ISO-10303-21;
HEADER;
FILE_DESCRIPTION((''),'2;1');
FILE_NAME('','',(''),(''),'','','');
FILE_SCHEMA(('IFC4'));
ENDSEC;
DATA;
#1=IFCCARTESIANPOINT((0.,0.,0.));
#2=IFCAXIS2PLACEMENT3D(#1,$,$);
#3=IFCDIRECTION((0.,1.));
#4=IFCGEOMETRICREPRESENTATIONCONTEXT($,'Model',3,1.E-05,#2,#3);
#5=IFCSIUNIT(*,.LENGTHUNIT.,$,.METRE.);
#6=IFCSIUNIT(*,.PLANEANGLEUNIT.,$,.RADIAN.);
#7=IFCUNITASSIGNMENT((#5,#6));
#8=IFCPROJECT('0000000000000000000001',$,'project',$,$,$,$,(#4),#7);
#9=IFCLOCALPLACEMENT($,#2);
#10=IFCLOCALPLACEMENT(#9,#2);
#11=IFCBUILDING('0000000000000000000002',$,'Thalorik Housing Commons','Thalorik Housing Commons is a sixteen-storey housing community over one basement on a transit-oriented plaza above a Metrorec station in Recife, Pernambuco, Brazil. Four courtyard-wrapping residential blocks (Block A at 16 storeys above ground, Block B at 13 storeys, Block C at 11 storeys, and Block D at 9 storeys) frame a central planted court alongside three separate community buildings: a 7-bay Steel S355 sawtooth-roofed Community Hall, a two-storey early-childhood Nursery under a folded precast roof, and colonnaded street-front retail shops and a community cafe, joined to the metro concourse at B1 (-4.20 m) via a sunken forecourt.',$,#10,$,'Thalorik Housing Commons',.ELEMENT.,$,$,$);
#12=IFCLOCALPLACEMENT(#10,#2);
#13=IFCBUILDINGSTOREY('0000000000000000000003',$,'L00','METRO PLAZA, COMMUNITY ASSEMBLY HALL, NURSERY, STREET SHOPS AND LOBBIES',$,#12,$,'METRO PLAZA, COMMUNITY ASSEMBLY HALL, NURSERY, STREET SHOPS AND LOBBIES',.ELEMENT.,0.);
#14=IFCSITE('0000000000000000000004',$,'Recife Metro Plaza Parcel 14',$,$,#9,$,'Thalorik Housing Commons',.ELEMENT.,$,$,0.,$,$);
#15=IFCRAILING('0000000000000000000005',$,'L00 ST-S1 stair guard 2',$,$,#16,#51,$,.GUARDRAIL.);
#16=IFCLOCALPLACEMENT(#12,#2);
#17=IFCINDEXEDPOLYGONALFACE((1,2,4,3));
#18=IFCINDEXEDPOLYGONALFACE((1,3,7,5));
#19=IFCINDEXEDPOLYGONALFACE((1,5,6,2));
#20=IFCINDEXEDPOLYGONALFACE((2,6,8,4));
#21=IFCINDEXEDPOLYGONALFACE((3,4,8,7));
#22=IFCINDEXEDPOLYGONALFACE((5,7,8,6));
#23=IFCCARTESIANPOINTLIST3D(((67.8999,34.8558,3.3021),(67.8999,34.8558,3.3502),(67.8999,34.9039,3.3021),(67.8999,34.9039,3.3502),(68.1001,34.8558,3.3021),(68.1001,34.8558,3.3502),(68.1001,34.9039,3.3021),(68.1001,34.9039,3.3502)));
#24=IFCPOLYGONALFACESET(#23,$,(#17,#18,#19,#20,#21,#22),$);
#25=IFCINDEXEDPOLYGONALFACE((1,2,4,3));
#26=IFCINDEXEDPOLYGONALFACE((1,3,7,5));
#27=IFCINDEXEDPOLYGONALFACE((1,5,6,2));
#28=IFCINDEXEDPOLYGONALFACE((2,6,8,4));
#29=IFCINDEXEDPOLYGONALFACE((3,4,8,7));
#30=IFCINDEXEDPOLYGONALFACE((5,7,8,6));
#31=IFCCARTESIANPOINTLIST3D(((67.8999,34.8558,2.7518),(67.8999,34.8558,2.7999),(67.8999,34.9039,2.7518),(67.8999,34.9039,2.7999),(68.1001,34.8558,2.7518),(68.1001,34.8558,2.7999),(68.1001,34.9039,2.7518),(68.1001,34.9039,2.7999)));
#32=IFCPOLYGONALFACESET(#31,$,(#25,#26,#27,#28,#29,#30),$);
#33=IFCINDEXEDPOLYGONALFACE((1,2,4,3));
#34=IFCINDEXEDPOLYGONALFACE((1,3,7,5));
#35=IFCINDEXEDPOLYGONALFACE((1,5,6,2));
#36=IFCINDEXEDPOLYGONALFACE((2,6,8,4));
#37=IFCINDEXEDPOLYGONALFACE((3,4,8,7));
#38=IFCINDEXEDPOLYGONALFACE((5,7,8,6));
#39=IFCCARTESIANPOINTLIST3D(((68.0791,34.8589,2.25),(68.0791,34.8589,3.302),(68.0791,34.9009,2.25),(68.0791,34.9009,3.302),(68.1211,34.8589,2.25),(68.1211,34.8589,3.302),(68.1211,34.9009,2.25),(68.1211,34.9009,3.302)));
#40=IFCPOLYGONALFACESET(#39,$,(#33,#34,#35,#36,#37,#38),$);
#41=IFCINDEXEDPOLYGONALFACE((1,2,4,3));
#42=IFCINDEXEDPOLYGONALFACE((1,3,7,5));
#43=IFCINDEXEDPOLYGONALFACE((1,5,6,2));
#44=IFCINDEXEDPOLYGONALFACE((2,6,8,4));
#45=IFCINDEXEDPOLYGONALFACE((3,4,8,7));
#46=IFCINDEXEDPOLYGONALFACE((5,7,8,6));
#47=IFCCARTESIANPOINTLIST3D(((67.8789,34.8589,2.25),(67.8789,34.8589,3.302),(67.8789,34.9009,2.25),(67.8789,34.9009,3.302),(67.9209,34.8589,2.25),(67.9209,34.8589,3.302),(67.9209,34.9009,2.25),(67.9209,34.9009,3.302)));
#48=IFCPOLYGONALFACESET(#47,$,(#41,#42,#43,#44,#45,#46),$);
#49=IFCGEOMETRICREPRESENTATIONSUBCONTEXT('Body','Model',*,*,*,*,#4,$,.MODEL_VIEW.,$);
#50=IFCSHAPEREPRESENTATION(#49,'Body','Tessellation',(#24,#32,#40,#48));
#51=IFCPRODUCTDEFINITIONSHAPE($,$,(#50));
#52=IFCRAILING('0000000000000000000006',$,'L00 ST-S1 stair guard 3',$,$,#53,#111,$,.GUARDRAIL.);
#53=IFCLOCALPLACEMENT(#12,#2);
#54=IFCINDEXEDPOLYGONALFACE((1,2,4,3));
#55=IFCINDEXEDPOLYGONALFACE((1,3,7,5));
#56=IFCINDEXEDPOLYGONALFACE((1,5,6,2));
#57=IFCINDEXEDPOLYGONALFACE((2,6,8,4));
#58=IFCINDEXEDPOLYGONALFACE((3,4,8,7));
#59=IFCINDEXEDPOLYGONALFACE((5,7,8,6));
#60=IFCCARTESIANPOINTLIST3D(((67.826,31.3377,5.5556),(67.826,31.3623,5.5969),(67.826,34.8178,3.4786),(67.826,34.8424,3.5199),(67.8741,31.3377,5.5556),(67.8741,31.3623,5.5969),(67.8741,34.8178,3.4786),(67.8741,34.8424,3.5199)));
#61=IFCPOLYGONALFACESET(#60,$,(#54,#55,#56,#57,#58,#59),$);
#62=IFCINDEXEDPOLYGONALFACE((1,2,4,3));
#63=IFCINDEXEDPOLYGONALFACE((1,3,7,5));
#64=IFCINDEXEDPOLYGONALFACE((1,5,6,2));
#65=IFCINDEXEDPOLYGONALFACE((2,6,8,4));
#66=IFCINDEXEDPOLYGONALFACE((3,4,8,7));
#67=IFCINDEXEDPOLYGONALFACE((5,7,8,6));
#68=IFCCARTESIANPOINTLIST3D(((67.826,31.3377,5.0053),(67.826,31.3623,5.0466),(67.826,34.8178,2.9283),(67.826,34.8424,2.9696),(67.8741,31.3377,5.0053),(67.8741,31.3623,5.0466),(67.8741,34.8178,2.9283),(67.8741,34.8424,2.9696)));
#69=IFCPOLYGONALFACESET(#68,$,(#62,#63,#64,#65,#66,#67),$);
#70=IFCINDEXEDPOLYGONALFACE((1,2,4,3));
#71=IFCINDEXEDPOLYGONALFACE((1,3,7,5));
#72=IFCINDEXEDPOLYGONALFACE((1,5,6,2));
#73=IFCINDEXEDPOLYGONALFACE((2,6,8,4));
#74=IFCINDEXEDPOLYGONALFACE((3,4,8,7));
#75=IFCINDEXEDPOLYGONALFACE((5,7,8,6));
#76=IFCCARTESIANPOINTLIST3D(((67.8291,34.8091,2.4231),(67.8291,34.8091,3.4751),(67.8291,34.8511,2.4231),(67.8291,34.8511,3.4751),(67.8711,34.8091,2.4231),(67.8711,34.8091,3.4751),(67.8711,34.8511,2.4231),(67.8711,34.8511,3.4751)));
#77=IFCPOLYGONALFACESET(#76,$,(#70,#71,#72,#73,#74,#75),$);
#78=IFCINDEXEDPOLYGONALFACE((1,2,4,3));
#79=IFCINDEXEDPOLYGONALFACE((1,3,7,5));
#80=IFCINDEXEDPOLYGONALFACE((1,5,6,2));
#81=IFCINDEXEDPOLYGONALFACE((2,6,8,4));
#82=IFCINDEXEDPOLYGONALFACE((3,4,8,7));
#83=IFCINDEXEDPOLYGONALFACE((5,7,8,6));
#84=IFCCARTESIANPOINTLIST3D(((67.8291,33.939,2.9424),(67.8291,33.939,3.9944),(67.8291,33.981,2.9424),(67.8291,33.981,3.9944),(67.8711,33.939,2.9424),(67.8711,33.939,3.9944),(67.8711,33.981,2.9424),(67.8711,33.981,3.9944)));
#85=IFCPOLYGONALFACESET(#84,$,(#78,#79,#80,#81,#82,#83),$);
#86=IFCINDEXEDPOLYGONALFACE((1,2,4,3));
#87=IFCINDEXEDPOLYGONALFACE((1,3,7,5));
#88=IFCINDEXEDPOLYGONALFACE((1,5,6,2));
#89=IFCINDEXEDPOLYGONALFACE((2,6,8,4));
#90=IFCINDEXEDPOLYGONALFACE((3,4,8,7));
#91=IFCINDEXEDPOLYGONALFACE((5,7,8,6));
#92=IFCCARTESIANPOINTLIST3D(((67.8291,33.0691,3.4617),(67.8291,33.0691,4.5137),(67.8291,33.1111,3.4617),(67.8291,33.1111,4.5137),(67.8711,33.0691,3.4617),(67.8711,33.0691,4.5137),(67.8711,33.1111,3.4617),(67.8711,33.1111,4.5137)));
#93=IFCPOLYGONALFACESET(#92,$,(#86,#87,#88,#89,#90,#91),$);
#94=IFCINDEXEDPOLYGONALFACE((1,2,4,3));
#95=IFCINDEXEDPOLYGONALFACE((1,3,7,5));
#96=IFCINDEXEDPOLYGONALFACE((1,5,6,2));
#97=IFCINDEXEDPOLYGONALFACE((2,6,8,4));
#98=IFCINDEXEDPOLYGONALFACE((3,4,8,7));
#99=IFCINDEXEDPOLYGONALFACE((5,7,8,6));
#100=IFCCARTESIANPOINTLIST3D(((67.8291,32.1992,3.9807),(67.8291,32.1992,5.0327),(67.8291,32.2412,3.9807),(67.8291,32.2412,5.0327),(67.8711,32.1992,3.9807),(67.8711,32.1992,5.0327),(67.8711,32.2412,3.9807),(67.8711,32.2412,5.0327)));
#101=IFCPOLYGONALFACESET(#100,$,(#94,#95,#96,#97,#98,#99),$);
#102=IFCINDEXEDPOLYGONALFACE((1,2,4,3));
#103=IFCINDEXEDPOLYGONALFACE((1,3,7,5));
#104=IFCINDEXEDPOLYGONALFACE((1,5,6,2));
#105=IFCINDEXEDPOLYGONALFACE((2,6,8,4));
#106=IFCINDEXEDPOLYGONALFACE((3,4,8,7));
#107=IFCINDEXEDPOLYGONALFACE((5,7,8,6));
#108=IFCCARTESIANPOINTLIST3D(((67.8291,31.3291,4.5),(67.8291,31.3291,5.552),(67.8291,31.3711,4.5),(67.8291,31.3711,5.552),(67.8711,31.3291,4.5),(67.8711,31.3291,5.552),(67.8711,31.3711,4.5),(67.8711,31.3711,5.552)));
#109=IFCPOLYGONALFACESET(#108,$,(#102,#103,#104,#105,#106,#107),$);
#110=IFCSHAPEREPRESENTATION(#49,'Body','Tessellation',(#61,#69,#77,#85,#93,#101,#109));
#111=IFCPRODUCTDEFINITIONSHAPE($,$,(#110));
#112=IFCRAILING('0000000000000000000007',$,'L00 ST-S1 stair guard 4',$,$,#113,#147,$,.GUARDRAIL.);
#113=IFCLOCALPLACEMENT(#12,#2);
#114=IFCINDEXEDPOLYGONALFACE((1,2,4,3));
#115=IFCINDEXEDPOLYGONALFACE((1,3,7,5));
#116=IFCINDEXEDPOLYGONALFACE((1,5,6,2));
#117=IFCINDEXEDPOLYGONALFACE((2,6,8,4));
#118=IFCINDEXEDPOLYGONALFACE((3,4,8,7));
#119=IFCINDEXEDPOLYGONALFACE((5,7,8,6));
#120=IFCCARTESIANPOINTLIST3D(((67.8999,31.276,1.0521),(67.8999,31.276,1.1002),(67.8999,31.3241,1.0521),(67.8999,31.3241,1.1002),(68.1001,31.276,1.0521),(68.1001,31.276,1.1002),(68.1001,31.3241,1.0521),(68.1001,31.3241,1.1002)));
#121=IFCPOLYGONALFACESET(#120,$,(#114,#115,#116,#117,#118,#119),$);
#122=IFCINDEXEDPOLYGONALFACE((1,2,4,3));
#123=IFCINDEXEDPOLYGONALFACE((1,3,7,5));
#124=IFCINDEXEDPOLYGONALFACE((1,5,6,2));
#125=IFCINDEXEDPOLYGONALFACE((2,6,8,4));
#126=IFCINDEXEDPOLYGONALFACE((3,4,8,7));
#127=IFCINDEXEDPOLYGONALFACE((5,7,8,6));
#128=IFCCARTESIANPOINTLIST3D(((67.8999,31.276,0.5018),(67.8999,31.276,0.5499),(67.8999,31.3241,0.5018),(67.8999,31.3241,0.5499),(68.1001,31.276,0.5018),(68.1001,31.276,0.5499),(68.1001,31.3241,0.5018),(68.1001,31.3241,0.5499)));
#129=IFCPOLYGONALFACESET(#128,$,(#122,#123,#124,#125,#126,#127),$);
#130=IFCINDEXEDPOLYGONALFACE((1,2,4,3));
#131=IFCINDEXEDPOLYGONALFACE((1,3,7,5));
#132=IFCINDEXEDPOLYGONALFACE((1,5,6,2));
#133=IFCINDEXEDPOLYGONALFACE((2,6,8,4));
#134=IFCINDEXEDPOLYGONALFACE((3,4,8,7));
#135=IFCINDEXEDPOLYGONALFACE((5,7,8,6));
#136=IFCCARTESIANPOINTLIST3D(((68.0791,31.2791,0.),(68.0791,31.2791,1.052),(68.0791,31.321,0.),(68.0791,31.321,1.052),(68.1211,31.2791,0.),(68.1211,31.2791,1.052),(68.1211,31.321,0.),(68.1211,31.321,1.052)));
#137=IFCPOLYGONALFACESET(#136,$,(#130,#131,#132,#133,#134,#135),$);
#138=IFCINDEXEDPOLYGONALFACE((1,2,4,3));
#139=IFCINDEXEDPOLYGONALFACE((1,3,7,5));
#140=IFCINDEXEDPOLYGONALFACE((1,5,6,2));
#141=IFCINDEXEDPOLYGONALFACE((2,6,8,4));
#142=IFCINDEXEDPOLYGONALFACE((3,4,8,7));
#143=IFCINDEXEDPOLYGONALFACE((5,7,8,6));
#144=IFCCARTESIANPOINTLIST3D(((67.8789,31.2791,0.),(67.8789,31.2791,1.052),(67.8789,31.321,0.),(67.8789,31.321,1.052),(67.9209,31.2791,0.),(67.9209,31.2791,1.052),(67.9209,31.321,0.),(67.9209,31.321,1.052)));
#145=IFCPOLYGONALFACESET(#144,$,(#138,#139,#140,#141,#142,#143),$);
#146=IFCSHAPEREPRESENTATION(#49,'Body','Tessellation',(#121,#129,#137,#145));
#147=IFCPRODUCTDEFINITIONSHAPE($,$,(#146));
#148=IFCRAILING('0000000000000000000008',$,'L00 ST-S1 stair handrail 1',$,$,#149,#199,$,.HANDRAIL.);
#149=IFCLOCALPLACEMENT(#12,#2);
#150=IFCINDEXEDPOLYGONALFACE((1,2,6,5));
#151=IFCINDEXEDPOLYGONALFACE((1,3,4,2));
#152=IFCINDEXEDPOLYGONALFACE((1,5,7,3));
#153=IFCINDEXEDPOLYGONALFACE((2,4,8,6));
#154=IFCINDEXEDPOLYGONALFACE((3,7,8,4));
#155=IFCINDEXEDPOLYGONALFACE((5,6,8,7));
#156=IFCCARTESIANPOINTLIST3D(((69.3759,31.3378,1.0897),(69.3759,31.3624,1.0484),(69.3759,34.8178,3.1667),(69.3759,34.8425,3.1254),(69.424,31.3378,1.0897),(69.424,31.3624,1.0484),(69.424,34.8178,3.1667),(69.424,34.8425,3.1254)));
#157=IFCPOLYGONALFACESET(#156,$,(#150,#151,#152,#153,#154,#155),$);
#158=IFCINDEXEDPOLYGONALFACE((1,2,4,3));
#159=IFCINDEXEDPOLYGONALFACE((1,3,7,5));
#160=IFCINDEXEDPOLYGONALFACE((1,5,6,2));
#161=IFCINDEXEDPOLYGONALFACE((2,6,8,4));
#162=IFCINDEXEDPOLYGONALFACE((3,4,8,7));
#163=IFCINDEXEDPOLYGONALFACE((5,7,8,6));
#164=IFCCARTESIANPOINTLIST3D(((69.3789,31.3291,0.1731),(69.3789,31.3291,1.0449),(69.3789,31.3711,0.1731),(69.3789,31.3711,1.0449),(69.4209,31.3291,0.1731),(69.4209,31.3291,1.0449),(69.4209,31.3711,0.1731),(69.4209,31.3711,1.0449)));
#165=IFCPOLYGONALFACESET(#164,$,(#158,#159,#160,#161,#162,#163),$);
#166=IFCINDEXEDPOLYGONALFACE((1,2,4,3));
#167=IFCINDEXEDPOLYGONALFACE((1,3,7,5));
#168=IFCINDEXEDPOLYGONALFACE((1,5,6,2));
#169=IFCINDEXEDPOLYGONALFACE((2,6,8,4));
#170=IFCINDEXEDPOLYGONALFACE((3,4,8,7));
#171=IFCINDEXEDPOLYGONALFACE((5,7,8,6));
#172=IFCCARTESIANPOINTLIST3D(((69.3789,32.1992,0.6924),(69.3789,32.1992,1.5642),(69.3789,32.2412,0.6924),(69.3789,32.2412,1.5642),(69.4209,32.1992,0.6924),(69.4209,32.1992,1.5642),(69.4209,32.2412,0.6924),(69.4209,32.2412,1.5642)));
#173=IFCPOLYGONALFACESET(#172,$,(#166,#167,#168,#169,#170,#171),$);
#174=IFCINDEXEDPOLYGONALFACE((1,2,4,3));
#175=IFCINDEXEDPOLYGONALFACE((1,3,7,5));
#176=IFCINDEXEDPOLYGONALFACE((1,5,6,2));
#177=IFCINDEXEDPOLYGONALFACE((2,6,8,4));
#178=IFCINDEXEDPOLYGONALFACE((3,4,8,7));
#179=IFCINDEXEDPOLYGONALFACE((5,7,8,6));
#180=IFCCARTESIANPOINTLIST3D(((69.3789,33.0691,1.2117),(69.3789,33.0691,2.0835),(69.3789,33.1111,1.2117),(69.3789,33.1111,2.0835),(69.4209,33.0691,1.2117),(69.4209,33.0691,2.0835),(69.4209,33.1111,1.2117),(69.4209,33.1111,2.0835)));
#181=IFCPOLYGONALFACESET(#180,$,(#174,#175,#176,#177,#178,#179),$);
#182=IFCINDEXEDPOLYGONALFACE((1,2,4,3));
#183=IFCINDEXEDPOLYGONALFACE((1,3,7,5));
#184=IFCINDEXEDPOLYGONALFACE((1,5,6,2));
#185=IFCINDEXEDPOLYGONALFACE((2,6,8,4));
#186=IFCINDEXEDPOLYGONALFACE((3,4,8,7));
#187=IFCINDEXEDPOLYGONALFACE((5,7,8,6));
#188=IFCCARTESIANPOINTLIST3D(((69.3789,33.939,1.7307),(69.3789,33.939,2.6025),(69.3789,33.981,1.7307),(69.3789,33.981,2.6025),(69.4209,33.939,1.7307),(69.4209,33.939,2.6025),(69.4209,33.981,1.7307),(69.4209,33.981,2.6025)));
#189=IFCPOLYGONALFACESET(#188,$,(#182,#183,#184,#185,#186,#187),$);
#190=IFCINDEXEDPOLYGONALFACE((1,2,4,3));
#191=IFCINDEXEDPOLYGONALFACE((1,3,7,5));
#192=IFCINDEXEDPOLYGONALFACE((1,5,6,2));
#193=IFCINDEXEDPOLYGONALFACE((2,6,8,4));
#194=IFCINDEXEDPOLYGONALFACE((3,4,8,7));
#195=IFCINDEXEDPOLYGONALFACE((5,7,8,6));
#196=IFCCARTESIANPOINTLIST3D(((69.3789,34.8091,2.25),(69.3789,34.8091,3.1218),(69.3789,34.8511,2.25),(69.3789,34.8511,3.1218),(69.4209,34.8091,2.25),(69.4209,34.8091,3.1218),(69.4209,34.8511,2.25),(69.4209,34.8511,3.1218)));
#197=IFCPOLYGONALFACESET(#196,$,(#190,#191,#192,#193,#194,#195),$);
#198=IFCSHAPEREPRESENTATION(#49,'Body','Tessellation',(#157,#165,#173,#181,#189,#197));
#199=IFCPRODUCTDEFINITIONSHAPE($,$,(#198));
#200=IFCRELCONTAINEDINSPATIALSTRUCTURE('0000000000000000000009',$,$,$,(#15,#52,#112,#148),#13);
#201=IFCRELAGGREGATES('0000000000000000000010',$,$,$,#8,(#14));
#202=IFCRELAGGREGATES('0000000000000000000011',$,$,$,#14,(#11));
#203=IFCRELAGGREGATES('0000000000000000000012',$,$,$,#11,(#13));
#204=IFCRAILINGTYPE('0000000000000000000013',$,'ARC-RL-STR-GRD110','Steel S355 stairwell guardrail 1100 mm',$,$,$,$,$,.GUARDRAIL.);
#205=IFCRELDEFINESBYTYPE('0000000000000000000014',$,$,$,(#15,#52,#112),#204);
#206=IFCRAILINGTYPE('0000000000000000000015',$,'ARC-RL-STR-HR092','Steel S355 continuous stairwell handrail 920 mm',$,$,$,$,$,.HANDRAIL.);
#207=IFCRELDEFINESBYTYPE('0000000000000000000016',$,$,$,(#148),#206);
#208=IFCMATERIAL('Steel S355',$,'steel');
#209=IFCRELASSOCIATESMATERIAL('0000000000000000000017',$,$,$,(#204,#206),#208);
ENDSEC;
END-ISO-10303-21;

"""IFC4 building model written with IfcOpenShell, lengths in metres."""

from ifc_helpers import new_model, si_unit, direction, frame, origin, origin_2d, place, context, subcontext, project, spatial, rectangle, extrude, material, type_object, element, save


model = new_model("IFC4")

# Units and contexts
model_context = context("Model", 3, precision=1e-05, world=origin(), true_north=direction((0.0, 1.0)))
body_context = subcontext(model_context, "Body", "Model", "MODEL_VIEW")
ifc_project = project(units=[si_unit("LENGTHUNIT", "METRE"), si_unit("PLANEANGLEUNIT", "RADIAN")], contexts=[model_context])

# Site, building, storey
site_placement = place(None, origin())
site = spatial("IfcSite", under=ifc_project, at=site_placement, Name="Recife Metro Plaza Parcel 14", LongName="Thalorik Housing Commons", CompositionType="ELEMENT", RefElevation=0.0)
building_placement = place(site_placement, origin())
building = spatial("IfcBuilding", under=site, at=building_placement, Name="Thalorik Housing Commons", Description="Thalorik Housing Commons is a sixteen-storey housing community over one basement on a transit-oriented plaza above a Metrorec station in Recife, Pernambuco, Brazil. Four courtyard-wrapping residential blocks (Block A at 16 storeys above ground, Block B at 13 storeys, Block C at 11 storeys, and Block D at 9 storeys) frame a central planted court alongside three separate community buildings: a 7-bay Steel S355 sawtooth-roofed Community Hall, a two-storey early-childhood Nursery under a folded precast roof, and colonnaded street-front retail shops and a community cafe, joined to the metro concourse at B1 (-4.20 m) via a sunken forecourt.", LongName="Thalorik Housing Commons", CompositionType="ELEMENT")
storey_placement = place(building_placement, origin())
storey = spatial("IfcBuildingStorey", under=building, at=storey_placement, Name="L00", Description="METRO PLAZA, COMMUNITY ASSEMBLY HALL, NURSERY, STREET SHOPS AND LOBBIES", LongName="METRO PLAZA, COMMUNITY ASSEMBLY HALL, NURSERY, STREET SHOPS AND LOBBIES", CompositionType="ELEMENT", Elevation=0.0)

# Shared definitions
ifc_material_1 = material(Name="Steel S355", Category="steel")

# Railings
railing_type_1 = type_object("IfcRailingType", Name="ARC-RL-STR-GRD110", Description="Steel S355 stairwell guardrail 1100 mm", PredefinedType="GUARDRAIL", material=ifc_material_1)
railing_1_placement = place(storey_placement, frame((68.1001, 34.8799, 2.25)))
element("IfcRailing", 1, at=railing_1_placement, inside=storey, type_object=railing_type_1, Name="L00 ST-S1 stair guard 2", PredefinedType="GUARDRAIL", context=body_context, shape_type="SweptSolid", body=[
    extrude(rectangle(XDim=0.0481, YDim=0.0481, at=origin_2d()), frame((0.0, 0.0, 1.0762), z_axis=(-1.0, 0.0, 0.0), x_axis=(0.0, -1.0, 0.0)), (0.0, 0.0, 1.0), 0.2002),
    extrude(rectangle(XDim=0.0481, YDim=0.0481, at=origin_2d()), frame((0.0, 0.0, 0.5259), z_axis=(-1.0, 0.0, 0.0), x_axis=(0.0, -1.0, 0.0)), (0.0, 0.0, 1.0), 0.2002),
    extrude(rectangle(XDim=0.042, YDim=0.042, at=origin_2d()), origin(), (0.0, 0.0, 1.0), 1.052),
    extrude(rectangle(XDim=0.042, YDim=0.042, at=origin_2d()), frame((-0.2002, 0.0, 0.0)), (0.0, 0.0, 1.0), 1.052),
])
railing_2_placement = place(storey_placement, frame((67.8501, 34.8301, 2.4231)))
element("IfcRailing", 2, at=railing_2_placement, inside=storey, type_object=railing_type_1, Name="L00 ST-S1 stair guard 3", PredefinedType="GUARDRAIL", context=body_context, shape_type="SweptSolid", body=[
    extrude(rectangle(XDim=0.0481, YDim=0.0481, at=origin_2d()), frame((0.0, 0.0, 1.0762), z_axis=(0.0, -0.858697, 0.512483), x_axis=(1.0, 0.0, 0.0)), (0.0, 0.0, 1.0), 4.0527),
    extrude(rectangle(XDim=0.0481, YDim=0.0481, at=origin_2d()), frame((0.0, 0.0, 0.5259), z_axis=(0.0, -0.858697, 0.512483), x_axis=(1.0, 0.0, 0.0)), (0.0, 0.0, 1.0), 4.0527),
    extrude(rectangle(XDim=0.042, YDim=0.042, at=origin_2d()), origin(), (0.0, 0.0, 1.0), 1.052),
    extrude(rectangle(XDim=0.042, YDim=0.042, at=origin_2d()), frame((0.0, -0.8701, 0.5193)), (0.0, 0.0, 1.0), 1.052),
    extrude(rectangle(XDim=0.042, YDim=0.042, at=origin_2d()), frame((0.0, -1.74, 1.0386)), (0.0, 0.0, 1.0), 1.052),
    extrude(rectangle(XDim=0.042, YDim=0.042, at=origin_2d()), frame((0.0, -2.6099, 1.5576)), (0.0, 0.0, 1.0), 1.052),
    extrude(rectangle(XDim=0.042, YDim=0.042, at=origin_2d()), frame((0.0, -3.48, 2.0769)), (0.0, 0.0, 1.0), 1.052),
])
railing_3_placement = place(storey_placement, frame((68.1001, 31.3, 0.0)))
element("IfcRailing", 3, at=railing_3_placement, inside=storey, type_object=railing_type_1, Name="L00 ST-S1 stair guard 4", PredefinedType="GUARDRAIL", context=body_context, shape_type="SweptSolid", body=[
    extrude(rectangle(XDim=0.0481, YDim=0.0481, at=origin_2d()), frame((0.0, 0.0, 1.0762), z_axis=(-1.0, 0.0, 0.0), x_axis=(0.0, -1.0, 0.0)), (0.0, 0.0, 1.0), 0.2002),
    extrude(rectangle(XDim=0.0481, YDim=0.0481, at=origin_2d()), frame((0.0, 0.0, 0.5259), z_axis=(-1.0, 0.0, 0.0), x_axis=(0.0, -1.0, 0.0)), (0.0, 0.0, 1.0), 0.2002),
    extrude(rectangle(XDim=0.042, YDim=0.042, at=origin_2d()), origin(), (0.0, 0.0, 1.0), 1.052),
    extrude(rectangle(XDim=0.042, YDim=0.042, at=origin_2d()), frame((-0.2002, 0.0, 0.0)), (0.0, 0.0, 1.0), 1.052),
])
railing_type_2 = type_object("IfcRailingType", Name="ARC-RL-STR-HR092", Description="Steel S355 continuous stairwell handrail 920 mm", PredefinedType="HANDRAIL", material=ifc_material_1)
railing_4_placement = place(storey_placement, frame((69.3999, 31.3501, 0.1731)))
element("IfcRailing", 4, at=railing_4_placement, inside=storey, type_object=railing_type_2, Name="L00 ST-S1 stair handrail 1", PredefinedType="HANDRAIL", context=body_context, shape_type="SweptSolid", body=[
    extrude(rectangle(XDim=0.0481, YDim=0.0481, at=origin_2d()), frame((0.0, 0.0, 0.896), z_axis=(0.0, 0.858697, 0.512483), x_axis=(-1.0, 0.0, 0.0)), (0.0, 0.0, 1.0), 4.0527),
    extrude(rectangle(XDim=0.042, YDim=0.042, at=origin_2d()), origin(), (0.0, 0.0, 1.0), 0.8718),
    extrude(rectangle(XDim=0.042, YDim=0.042, at=origin_2d()), frame((0.0, 0.8701, 0.5193)), (0.0, 0.0, 1.0), 0.8718),
    extrude(rectangle(XDim=0.042, YDim=0.042, at=origin_2d()), frame((0.0, 1.74, 1.0386)), (0.0, 0.0, 1.0), 0.8718),
    extrude(rectangle(XDim=0.042, YDim=0.042, at=origin_2d()), frame((0.0, 2.6099, 1.5576)), (0.0, 0.0, 1.0), 0.8718),
    extrude(rectangle(XDim=0.042, YDim=0.042, at=origin_2d()), frame((0.0, 3.48, 2.0769)), (0.0, 0.0, 1.0), 0.8718),
])

save(model, "model.ifc")
